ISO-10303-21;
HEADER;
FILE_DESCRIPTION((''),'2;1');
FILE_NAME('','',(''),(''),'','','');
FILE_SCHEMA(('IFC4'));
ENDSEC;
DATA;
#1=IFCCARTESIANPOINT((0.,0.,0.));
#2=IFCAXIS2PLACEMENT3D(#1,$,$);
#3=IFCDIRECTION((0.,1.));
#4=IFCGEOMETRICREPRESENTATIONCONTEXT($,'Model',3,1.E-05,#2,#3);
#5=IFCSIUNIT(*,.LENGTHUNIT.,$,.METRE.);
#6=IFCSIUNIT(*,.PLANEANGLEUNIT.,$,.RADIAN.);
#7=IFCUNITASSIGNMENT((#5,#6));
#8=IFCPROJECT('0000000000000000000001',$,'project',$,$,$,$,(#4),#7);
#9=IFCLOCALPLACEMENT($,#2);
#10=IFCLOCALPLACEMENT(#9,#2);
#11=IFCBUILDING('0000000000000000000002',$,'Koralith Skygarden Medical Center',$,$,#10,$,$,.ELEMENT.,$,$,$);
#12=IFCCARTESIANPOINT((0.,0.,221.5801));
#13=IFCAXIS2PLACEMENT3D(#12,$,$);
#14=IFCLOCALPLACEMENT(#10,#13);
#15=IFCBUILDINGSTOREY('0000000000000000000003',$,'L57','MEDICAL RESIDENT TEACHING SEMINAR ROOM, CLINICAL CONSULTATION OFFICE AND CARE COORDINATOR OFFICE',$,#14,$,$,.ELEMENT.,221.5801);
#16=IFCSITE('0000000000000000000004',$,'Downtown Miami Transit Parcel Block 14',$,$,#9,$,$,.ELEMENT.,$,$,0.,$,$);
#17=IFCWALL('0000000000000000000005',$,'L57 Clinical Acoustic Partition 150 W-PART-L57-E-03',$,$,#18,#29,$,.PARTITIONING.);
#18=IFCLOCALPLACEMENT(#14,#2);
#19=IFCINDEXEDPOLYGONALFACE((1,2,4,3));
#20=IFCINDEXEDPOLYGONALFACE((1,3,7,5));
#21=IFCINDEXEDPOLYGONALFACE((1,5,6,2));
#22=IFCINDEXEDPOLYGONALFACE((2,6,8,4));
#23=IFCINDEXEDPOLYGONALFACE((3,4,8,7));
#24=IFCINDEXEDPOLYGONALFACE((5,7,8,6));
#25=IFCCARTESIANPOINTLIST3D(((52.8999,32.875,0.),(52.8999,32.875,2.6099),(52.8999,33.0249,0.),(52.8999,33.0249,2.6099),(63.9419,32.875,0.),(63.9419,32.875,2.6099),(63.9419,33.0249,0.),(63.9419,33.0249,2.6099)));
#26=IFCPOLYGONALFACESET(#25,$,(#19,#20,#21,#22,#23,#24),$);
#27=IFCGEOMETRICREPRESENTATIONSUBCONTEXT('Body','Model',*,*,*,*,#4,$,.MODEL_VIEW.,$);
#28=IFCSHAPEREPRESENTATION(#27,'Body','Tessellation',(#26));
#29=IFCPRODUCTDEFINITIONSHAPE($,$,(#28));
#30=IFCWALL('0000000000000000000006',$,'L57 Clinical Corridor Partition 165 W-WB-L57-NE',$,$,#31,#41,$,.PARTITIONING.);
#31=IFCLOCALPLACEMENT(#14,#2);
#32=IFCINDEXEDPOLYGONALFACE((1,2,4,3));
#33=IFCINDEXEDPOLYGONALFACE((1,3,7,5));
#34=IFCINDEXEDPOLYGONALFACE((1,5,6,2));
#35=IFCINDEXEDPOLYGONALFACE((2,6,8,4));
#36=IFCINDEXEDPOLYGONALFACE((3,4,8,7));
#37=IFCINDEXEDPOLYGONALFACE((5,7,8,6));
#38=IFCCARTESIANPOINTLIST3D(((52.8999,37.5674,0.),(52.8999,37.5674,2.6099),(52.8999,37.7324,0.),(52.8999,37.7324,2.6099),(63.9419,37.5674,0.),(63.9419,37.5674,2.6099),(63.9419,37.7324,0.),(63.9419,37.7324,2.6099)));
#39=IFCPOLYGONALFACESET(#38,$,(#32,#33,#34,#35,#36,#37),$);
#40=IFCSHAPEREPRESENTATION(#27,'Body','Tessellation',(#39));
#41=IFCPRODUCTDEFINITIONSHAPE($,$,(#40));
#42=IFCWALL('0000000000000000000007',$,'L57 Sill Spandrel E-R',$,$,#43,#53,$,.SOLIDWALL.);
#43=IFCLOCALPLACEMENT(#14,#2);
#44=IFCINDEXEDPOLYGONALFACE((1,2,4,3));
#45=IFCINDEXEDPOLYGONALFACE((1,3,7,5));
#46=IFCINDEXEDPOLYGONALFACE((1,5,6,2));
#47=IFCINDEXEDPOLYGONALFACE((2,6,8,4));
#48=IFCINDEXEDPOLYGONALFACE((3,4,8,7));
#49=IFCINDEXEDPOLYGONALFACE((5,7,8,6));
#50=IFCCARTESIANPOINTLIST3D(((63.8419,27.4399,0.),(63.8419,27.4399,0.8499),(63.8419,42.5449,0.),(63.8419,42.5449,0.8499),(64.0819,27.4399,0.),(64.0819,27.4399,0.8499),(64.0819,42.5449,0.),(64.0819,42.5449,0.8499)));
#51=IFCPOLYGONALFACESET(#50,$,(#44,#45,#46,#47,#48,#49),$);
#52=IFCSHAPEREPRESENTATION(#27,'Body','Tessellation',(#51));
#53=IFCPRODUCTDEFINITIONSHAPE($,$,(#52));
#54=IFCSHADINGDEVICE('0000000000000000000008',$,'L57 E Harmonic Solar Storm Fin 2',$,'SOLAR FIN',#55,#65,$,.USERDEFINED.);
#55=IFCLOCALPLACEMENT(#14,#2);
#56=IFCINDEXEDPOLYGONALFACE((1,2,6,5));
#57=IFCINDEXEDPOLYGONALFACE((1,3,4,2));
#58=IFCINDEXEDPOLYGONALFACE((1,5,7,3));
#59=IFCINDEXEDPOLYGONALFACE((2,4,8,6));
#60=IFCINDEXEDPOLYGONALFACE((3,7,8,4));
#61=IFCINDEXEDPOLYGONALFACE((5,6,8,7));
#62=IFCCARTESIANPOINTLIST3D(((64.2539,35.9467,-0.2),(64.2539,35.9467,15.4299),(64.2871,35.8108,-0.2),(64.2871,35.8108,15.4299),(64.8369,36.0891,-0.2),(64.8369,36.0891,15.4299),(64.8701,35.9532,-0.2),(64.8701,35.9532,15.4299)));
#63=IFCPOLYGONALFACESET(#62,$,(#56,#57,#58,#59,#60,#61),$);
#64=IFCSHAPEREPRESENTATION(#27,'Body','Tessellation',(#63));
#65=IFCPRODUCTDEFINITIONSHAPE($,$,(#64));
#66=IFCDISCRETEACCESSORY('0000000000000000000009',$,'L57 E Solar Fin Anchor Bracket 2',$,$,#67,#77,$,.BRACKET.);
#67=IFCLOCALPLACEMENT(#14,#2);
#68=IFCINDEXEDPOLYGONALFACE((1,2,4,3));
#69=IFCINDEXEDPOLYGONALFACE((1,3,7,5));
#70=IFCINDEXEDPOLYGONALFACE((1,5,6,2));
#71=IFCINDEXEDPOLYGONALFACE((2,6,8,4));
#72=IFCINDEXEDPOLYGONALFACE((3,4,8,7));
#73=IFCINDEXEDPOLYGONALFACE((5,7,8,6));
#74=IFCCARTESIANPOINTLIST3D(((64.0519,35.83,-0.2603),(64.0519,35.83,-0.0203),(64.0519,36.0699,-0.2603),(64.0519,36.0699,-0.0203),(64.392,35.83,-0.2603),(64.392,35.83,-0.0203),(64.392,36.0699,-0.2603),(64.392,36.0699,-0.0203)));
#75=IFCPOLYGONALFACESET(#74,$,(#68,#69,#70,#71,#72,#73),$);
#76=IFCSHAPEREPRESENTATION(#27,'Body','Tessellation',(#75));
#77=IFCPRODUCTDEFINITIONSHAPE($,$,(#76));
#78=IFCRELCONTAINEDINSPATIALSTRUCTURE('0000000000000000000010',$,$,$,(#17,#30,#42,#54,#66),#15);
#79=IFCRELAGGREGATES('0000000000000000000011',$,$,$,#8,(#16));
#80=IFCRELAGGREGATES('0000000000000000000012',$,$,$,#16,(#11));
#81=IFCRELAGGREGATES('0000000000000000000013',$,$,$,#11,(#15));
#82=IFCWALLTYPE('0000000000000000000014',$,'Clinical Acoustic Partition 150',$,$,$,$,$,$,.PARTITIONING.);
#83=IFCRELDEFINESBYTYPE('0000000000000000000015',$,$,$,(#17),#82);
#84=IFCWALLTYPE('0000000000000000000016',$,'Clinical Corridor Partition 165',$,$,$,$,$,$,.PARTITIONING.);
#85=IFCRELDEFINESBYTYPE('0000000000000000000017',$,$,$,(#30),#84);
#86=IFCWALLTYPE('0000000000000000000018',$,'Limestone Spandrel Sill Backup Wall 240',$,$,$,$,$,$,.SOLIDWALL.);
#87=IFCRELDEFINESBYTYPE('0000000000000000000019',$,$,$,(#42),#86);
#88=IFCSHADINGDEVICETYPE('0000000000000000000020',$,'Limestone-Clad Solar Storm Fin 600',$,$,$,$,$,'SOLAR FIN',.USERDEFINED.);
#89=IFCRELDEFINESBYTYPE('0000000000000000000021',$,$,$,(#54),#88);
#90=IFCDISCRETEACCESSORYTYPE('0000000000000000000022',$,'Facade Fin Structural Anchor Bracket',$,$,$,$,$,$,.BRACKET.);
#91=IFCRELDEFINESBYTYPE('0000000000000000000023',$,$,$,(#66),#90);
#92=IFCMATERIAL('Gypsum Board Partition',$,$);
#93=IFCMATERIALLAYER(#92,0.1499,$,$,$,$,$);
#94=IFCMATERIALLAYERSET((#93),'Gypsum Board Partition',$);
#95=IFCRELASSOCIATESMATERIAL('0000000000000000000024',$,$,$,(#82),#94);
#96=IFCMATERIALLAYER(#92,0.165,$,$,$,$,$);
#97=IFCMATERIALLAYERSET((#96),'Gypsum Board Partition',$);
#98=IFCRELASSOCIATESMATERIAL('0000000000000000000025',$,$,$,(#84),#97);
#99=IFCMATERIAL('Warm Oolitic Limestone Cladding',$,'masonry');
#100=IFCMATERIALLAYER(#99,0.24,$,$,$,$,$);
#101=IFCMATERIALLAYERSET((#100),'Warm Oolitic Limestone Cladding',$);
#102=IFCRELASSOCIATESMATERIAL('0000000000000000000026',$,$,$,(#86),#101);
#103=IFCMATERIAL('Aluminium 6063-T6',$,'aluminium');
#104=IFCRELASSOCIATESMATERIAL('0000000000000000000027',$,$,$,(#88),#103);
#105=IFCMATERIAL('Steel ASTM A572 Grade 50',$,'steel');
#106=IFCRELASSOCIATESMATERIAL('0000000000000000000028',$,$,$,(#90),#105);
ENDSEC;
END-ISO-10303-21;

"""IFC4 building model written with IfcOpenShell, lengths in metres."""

from ifc_helpers import new_model, si_unit, direction, frame, frame_2d, origin, origin_2d, place, context, subcontext, project, spatial, rectangle, extrude, material, layer, layer_set, type_object, element, save


model = new_model("IFC4")

# Units and contexts
model_context = context("Model", 3, precision=1e-05, world=origin(), true_north=direction((0.0, 1.0)))
body_context = subcontext(model_context, "Body", "Model", "MODEL_VIEW")
ifc_project = project(units=[si_unit("LENGTHUNIT", "METRE"), si_unit("PLANEANGLEUNIT", "RADIAN")], contexts=[model_context])

# Site, building, storey
site_placement = place(None, origin())
site = spatial("IfcSite", under=ifc_project, at=site_placement, Name="Downtown Miami Transit Parcel Block 14", CompositionType="ELEMENT", RefElevation=0.0)
building_placement = place(site_placement, origin())
building = spatial("IfcBuilding", under=site, at=building_placement, Name="Koralith Skygarden Medical Center", CompositionType="ELEMENT")
storey_placement = place(building_placement, frame((0.0, 0.0, 221.5801)))
storey = spatial("IfcBuildingStorey", under=building, at=storey_placement, Name="L57", Description="MEDICAL RESIDENT TEACHING SEMINAR ROOM, CLINICAL CONSULTATION OFFICE AND CARE COORDINATOR OFFICE", CompositionType="ELEMENT", Elevation=221.5801)

# Shared definitions
ifc_material_1 = material(Name="Aluminium 6063-T6", Category="aluminium")

# Shared definitions
ifc_material_2 = material(Name="Warm Oolitic Limestone Cladding", Category="masonry")

# Walls
ifc_material_3 = material(Name="Gypsum Board Partition")
ifc_layer_1 = layer(ifc_material_3, 0.1499)
ifc_layer_set_1 = layer_set([ifc_layer_1], Name="Gypsum Board Partition")
wall_type_1 = type_object("IfcWallType", Name="Clinical Acoustic Partition 150", PredefinedType="PARTITIONING", material=ifc_layer_set_1)
wall_1_placement = place(storey_placement, frame((52.8999, 32.95, 0.0), z_axis=(0.0, 0.0, 1.0), x_axis=(1.0, 0.0, 0.0)))
element("IfcWall", 1, at=wall_1_placement, inside=storey, type_object=wall_type_1, Name="L57 Clinical Acoustic Partition 150 W-PART-L57-E-03", PredefinedType="PARTITIONING", context=body_context, shape_type="SweptSolid", body=[
    extrude(rectangle(XDim=11.042, YDim=0.1499, at=frame_2d((5.521, 0.0))), origin(), (0.0, 0.0, 1.0), 2.6099),
])
ifc_layer_2 = layer(ifc_material_3, 0.165)
ifc_layer_set_2 = layer_set([ifc_layer_2], Name="Gypsum Board Partition")
wall_type_2 = type_object("IfcWallType", Name="Clinical Corridor Partition 165", PredefinedType="PARTITIONING", material=ifc_layer_set_2)
wall_2_placement = place(storey_placement, frame((52.8999, 37.6499, 0.0), z_axis=(0.0, 0.0, 1.0), x_axis=(1.0, 0.0, 0.0)))
element("IfcWall", 2, at=wall_2_placement, inside=storey, type_object=wall_type_2, Name="L57 Clinical Corridor Partition 165 W-WB-L57-NE", PredefinedType="PARTITIONING", context=body_context, shape_type="SweptSolid", body=[
    extrude(rectangle(XDim=11.042, YDim=0.165, at=frame_2d((5.521, 0.0))), origin(), (0.0, 0.0, 1.0), 2.6099),
])

# Wall
ifc_layer_3 = layer(ifc_material_2, 0.24)
ifc_layer_set_3 = layer_set([ifc_layer_3], Name="Warm Oolitic Limestone Cladding")
wall_type_3 = type_object("IfcWallType", Name="Limestone Spandrel Sill Backup Wall 240", PredefinedType="SOLIDWALL", material=ifc_layer_set_3)
wall_3_placement = place(storey_placement, frame((63.9619, 27.4399, 0.0), z_axis=(0.0, 0.0, 1.0), x_axis=(0.0, 1.0, 0.0)))
element("IfcWall", 3, at=wall_3_placement, inside=storey, type_object=wall_type_3, Name="L57 Sill Spandrel E-R", PredefinedType="SOLIDWALL", context=body_context, shape_type="SweptSolid", body=[
    extrude(rectangle(XDim=15.105, YDim=0.24, at=frame_2d((7.5525, 0.0))), origin(), (0.0, 0.0, 1.0), 0.8499),
])

# Shading device
shading_device_type = type_object("IfcShadingDeviceType", Name="Limestone-Clad Solar Storm Fin 600", ElementType="SOLAR FIN", PredefinedType="USERDEFINED", material=ifc_material_1)
shading_device_placement = place(storey_placement, frame((64.562, 35.95, -0.2), z_axis=(0.0, 0.0, 1.0), x_axis=(0.97145, 0.237245, 0.0)))
element("IfcShadingDevice", 4, at=shading_device_placement, inside=storey, type_object=shading_device_type, Name="L57 E Harmonic Solar Storm Fin 2", ObjectType="SOLAR FIN", PredefinedType="USERDEFINED", context=body_context, shape_type="SweptSolid", body=[
    extrude(rectangle(XDim=0.6001, YDim=0.1399, at=origin_2d()), origin(), (0.0, 0.0, 1.0), 15.6299),
])

# Discrete accessory
ifc_material_4 = material(Name="Steel ASTM A572 Grade 50", Category="steel")
discrete_accessory_type = type_object("IfcDiscreteAccessoryType", Name="Facade Fin Structural Anchor Bracket", PredefinedType="BRACKET", material=ifc_material_4)
discrete_accessory_placement = place(storey_placement, frame((64.2219, 35.95, -0.2603), z_axis=(0.0, 0.0, 1.0), x_axis=(1.0, 0.0, 0.0)))
element("IfcDiscreteAccessory", 5, at=discrete_accessory_placement, inside=storey, type_object=discrete_accessory_type, Name="L57 E Solar Fin Anchor Bracket 2", PredefinedType="BRACKET", context=body_context, shape_type="SweptSolid", body=[
    extrude(rectangle(XDim=0.3401, YDim=0.24, at=origin_2d()), origin(), (0.0, 0.0, 1.0), 0.24),
])

save(model, "model.ifc")
